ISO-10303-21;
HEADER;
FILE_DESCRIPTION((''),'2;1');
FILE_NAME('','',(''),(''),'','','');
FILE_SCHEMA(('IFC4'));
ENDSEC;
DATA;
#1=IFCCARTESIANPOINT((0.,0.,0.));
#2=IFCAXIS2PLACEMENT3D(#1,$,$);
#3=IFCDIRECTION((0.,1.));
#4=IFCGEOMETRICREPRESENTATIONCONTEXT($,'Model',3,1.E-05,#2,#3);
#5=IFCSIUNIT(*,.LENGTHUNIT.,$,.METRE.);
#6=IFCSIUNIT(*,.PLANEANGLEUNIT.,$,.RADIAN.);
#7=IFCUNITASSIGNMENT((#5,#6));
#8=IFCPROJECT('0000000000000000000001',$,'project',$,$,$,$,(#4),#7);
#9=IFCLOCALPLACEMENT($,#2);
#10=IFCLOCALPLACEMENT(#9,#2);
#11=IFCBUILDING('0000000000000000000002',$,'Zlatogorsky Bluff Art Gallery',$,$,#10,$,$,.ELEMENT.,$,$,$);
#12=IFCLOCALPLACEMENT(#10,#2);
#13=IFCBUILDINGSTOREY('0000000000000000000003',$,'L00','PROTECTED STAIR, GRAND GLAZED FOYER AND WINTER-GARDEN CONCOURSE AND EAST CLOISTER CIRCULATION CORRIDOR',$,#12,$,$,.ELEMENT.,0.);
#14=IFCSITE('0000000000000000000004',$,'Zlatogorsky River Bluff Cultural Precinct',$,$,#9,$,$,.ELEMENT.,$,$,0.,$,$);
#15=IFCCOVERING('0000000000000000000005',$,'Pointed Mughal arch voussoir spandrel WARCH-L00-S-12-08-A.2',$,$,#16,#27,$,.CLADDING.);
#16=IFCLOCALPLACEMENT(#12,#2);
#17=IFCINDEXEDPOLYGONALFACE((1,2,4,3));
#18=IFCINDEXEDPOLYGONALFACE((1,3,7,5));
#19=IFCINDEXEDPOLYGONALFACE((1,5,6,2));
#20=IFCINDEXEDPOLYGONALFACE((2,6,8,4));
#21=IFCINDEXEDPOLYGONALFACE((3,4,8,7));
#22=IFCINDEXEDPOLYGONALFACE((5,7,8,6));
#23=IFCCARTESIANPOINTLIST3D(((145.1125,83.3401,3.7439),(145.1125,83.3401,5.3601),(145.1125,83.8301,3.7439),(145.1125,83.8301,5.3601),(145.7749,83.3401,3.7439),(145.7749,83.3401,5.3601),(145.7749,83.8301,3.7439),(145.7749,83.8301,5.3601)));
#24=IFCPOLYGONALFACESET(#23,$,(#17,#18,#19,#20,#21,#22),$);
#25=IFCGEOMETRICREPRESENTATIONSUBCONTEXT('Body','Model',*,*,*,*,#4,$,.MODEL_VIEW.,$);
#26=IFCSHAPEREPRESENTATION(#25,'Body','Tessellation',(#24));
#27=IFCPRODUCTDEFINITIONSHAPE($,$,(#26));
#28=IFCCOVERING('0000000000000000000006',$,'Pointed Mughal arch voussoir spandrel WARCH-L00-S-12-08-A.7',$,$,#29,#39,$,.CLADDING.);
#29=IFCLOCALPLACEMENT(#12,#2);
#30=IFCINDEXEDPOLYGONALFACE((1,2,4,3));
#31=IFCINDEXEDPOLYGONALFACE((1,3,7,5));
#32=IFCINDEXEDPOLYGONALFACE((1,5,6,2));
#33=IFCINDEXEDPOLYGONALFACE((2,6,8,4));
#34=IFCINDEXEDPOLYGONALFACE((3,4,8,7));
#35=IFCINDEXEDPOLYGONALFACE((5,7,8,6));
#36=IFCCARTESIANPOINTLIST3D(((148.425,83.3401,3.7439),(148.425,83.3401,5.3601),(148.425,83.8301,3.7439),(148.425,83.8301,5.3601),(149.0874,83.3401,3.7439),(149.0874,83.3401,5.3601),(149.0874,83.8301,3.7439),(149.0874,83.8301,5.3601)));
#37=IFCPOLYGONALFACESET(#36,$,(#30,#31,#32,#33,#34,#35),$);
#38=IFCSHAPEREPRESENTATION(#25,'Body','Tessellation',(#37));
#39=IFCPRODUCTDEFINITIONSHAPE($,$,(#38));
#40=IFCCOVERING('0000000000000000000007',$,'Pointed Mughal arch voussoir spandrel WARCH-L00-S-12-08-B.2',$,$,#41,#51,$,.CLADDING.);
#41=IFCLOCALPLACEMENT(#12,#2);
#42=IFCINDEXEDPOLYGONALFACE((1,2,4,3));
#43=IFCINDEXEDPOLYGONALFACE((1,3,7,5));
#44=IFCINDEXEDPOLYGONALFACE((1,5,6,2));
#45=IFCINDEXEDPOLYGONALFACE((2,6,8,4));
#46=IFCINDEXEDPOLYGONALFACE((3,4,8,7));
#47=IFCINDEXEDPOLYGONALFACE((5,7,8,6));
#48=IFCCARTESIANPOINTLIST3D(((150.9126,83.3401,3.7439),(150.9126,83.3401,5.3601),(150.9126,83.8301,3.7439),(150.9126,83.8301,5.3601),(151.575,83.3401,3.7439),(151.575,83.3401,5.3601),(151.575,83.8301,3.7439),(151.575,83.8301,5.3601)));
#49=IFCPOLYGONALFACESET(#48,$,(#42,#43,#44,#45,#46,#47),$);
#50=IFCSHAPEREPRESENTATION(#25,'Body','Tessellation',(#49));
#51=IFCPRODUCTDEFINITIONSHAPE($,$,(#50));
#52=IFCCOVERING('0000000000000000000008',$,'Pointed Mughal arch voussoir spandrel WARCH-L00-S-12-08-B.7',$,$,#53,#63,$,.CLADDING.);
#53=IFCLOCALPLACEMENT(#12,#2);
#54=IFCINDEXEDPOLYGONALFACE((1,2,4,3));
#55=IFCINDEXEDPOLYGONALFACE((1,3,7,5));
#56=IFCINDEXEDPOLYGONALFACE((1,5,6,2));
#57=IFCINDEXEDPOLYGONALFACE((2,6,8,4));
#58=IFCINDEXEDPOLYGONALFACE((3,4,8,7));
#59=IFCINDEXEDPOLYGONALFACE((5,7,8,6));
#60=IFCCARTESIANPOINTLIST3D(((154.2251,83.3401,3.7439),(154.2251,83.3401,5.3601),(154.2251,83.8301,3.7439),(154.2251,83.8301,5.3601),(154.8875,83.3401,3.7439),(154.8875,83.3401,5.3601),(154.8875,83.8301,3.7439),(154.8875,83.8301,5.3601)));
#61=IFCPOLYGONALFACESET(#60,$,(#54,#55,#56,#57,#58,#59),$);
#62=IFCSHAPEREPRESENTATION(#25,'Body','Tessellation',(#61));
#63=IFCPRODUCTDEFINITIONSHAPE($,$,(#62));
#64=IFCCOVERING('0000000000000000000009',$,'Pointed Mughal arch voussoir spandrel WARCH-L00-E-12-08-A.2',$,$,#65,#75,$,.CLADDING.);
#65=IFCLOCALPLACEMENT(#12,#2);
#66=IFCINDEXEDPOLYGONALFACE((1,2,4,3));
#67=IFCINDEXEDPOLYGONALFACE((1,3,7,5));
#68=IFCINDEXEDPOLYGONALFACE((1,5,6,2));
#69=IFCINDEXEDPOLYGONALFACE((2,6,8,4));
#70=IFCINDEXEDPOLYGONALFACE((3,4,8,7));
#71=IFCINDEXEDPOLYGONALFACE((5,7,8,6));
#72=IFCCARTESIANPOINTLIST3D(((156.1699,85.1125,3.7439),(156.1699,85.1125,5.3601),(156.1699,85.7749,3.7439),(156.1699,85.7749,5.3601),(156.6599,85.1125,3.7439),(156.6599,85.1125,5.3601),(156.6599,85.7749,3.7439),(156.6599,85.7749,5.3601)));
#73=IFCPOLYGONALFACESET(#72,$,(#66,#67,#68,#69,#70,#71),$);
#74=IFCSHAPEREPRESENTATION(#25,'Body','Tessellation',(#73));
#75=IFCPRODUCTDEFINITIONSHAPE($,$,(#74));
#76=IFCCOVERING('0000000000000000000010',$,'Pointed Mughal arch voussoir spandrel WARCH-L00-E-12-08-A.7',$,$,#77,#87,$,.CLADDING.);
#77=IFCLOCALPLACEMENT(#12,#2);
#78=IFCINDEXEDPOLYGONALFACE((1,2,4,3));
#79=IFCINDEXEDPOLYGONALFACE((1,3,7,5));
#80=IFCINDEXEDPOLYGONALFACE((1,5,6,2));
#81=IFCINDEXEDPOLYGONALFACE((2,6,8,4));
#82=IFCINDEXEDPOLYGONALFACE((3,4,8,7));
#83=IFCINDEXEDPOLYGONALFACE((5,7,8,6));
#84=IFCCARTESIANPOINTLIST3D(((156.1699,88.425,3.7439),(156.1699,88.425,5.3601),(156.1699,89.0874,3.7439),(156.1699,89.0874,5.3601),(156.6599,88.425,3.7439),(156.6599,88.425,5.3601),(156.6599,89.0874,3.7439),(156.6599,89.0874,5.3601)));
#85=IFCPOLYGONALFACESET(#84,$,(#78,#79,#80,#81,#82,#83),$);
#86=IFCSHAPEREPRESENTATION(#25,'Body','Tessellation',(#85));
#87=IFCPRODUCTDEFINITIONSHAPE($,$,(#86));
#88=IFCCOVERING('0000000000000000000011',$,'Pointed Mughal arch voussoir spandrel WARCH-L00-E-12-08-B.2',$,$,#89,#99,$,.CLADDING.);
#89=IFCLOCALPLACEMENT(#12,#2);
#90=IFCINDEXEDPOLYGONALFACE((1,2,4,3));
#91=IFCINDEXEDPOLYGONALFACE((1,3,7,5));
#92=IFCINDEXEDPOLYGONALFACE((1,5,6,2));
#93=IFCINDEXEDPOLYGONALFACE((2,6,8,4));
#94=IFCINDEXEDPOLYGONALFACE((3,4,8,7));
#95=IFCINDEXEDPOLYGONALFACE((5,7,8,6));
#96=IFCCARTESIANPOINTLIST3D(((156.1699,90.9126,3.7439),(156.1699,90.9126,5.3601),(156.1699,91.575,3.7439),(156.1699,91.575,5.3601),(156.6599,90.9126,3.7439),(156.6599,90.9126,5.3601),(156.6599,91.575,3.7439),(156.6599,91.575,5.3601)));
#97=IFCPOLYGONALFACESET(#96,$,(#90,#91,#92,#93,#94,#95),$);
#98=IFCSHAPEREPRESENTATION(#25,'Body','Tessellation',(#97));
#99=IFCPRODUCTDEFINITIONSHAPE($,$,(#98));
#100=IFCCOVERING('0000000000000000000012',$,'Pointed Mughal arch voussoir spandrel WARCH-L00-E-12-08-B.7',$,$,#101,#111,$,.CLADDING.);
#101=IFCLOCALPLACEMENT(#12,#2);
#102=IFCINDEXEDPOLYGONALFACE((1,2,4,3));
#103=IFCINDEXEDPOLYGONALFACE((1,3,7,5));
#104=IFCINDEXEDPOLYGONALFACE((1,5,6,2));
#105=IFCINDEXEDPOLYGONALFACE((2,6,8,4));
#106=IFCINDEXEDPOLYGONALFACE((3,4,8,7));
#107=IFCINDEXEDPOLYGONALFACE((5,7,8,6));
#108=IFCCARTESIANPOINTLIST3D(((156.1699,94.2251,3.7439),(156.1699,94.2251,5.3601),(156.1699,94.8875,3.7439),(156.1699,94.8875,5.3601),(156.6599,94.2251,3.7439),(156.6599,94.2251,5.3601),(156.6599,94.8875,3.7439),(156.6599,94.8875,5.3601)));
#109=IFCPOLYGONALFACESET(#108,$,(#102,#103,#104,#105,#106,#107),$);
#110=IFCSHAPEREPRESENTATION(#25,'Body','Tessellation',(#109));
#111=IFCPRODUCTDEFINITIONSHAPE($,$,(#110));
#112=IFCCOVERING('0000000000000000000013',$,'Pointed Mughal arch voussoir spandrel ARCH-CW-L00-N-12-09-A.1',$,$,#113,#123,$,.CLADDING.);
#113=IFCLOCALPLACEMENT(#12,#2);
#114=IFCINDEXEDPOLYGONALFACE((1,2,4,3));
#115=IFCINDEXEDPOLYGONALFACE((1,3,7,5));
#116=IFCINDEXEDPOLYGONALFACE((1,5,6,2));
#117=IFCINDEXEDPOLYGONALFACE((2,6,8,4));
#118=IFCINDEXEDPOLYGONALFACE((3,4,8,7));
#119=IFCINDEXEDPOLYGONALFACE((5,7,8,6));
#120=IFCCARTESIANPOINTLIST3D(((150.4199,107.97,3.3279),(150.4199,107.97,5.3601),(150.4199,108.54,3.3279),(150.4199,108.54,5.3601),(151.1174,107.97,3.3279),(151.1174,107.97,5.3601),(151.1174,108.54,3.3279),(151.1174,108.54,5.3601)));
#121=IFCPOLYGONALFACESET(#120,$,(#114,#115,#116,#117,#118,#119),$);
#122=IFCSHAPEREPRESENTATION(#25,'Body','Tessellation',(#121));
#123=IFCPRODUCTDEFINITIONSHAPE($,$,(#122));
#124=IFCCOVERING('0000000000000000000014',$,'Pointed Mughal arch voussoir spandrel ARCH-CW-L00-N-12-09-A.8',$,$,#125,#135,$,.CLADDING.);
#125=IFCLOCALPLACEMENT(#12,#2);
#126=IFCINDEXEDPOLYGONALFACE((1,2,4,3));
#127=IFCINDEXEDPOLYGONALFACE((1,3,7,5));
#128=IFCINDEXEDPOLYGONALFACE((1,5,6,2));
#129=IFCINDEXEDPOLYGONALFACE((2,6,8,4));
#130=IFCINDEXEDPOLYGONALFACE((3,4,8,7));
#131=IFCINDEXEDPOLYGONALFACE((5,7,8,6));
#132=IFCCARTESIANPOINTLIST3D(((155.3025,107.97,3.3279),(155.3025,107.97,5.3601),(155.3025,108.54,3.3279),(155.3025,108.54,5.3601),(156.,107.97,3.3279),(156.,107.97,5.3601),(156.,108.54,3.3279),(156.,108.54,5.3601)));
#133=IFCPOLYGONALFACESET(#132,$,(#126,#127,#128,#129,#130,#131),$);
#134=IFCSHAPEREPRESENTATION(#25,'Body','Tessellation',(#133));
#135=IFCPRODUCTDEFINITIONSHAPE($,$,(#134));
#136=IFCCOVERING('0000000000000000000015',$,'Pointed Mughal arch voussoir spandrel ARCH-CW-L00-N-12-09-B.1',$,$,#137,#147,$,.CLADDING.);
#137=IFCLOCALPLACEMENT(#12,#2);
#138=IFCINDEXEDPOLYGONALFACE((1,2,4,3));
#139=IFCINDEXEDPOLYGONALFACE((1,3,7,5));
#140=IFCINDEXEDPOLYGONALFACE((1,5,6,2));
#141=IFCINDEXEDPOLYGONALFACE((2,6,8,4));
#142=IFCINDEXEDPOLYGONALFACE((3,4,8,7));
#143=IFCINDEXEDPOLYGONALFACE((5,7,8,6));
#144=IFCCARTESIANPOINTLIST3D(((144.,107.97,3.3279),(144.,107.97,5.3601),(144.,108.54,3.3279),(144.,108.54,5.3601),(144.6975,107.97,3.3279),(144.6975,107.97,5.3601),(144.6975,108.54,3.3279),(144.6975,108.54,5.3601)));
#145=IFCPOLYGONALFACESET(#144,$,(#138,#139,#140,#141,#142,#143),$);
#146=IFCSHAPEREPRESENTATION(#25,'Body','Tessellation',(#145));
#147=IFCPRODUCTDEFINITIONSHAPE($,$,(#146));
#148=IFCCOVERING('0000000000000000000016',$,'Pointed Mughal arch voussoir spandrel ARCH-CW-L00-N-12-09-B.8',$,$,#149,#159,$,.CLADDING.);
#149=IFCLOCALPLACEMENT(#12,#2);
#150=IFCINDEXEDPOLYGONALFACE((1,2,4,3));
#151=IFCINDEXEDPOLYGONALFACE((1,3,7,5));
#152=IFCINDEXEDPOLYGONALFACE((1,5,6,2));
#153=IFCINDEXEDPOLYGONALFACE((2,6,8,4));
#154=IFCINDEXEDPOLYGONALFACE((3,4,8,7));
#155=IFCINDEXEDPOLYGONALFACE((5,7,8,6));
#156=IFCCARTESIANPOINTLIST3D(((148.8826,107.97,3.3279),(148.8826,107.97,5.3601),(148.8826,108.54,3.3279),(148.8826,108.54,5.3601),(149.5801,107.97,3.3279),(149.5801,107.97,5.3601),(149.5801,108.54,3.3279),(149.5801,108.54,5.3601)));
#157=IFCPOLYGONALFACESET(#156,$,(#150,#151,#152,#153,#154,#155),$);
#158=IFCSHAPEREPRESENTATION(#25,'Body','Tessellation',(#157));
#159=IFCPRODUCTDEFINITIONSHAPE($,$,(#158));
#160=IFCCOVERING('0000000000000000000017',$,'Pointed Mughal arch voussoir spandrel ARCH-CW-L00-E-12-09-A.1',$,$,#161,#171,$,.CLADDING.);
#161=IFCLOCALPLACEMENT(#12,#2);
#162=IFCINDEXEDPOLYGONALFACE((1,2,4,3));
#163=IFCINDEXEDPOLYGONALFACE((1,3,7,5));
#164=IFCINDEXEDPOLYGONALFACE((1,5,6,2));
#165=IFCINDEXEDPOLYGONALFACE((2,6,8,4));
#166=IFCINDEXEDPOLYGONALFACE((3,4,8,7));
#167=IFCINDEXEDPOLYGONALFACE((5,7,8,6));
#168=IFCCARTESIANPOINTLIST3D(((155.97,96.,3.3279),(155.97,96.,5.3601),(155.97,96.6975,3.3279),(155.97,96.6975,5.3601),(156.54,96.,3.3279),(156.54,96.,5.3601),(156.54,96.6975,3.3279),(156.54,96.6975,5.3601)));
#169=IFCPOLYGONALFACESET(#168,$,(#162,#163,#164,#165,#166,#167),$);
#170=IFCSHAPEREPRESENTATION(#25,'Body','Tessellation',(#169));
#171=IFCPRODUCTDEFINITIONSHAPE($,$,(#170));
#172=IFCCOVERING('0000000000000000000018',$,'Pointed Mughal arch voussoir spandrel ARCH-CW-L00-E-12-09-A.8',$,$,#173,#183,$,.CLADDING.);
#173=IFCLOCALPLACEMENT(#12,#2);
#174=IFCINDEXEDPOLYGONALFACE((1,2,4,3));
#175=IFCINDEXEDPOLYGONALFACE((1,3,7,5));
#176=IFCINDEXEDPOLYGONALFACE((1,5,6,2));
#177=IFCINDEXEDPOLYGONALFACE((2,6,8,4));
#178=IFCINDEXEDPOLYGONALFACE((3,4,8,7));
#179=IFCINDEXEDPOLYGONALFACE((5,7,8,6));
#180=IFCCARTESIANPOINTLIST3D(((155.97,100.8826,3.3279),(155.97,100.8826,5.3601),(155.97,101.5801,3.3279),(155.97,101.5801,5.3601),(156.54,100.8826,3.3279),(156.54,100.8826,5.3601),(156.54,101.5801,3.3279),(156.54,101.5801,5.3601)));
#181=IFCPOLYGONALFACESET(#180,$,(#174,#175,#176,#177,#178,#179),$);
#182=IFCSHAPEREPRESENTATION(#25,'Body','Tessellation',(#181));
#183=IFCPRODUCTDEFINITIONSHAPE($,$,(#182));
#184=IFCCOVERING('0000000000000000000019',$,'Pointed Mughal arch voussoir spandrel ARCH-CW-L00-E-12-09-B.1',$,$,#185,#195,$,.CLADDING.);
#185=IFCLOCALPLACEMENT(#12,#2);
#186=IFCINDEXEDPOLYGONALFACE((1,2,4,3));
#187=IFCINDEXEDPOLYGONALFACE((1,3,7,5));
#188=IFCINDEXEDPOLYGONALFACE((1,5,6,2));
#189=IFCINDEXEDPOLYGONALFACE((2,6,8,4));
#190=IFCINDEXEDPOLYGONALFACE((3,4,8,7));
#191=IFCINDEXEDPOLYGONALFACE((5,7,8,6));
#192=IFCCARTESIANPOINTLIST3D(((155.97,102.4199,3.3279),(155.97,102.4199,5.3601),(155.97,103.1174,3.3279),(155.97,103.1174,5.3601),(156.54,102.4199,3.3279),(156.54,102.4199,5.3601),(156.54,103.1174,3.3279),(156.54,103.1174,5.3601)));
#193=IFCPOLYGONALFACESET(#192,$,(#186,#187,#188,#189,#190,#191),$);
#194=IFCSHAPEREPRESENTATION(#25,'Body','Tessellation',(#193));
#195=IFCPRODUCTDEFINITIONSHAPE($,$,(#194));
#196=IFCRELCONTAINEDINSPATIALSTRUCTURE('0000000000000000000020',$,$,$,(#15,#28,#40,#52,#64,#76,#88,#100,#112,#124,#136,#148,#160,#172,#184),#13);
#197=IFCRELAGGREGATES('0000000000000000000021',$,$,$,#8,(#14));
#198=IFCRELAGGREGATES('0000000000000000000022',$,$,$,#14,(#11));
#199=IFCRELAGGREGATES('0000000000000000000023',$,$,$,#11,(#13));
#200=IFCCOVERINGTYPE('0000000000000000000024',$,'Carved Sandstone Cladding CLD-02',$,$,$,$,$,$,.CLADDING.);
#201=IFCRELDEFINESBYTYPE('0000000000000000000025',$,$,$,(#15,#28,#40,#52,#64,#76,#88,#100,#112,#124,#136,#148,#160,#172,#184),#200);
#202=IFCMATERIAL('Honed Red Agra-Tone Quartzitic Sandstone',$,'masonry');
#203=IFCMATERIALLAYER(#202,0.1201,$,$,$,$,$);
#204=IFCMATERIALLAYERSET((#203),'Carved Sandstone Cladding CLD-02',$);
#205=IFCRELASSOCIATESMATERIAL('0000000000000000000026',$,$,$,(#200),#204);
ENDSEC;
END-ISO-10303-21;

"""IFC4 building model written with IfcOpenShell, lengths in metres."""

from ifc_helpers import new_model, si_unit, direction, frame, origin, place, context, subcontext, project, spatial, polyline, outline, extrude, material, layer, layer_set, type_object, element, save


model = new_model("IFC4")

# Units and contexts
model_context = context("Model", 3, precision=1e-05, world=origin(), true_north=direction((0.0, 1.0)))
body_context = subcontext(model_context, "Body", "Model", "MODEL_VIEW")
ifc_project = project(units=[si_unit("LENGTHUNIT", "METRE"), si_unit("PLANEANGLEUNIT", "RADIAN")], contexts=[model_context])

# Site, building, storey
site_placement = place(None, origin())
site = spatial("IfcSite", under=ifc_project, at=site_placement, Name="Zlatogorsky River Bluff Cultural Precinct", CompositionType="ELEMENT", RefElevation=0.0)
building_placement = place(site_placement, origin())
building = spatial("IfcBuilding", under=site, at=building_placement, Name="Zlatogorsky Bluff Art Gallery", CompositionType="ELEMENT")
storey_placement = place(building_placement, origin())
storey = spatial("IfcBuildingStorey", under=building, at=storey_placement, Name="L00", Description="PROTECTED STAIR, GRAND GLAZED FOYER AND WINTER-GARDEN CONCOURSE AND EAST CLOISTER CIRCULATION CORRIDOR", CompositionType="ELEMENT", Elevation=0.0)

# Coverings
ifc_material = material(Name="Honed Red Agra-Tone Quartzitic Sandstone", Category="masonry")
ifc_layer = layer(ifc_material, 0.1201)
ifc_layer_set = layer_set([ifc_layer], Name="Carved Sandstone Cladding CLD-02")
covering_type = type_object("IfcCoveringType", Name="Carved Sandstone Cladding CLD-02", PredefinedType="CLADDING", material=ifc_layer_set)
covering_1_placement = place(storey_placement, frame((0.0, 0.0, 3.7439)))
element("IfcCovering", 1, at=covering_1_placement, inside=storey, type_object=covering_type, Name="Pointed Mughal arch voussoir spandrel WARCH-L00-S-12-08-A.2", PredefinedType="CLADDING", context=body_context, shape_type="SweptSolid", body=[
    extrude(outline(polyline([(145.1125, 83.3401), (145.7749, 83.3401), (145.7749, 83.8301), (145.1125, 83.8301), (145.1125, 83.3401)])), origin(), (0.0, 0.0, 1.0), 1.6162),
])
covering_2_placement = place(storey_placement, frame((0.0, 0.0, 3.7439)))
element("IfcCovering", 2, at=covering_2_placement, inside=storey, type_object=covering_type, Name="Pointed Mughal arch voussoir spandrel WARCH-L00-S-12-08-A.7", PredefinedType="CLADDING", context=body_context, shape_type="SweptSolid", body=[
    extrude(outline(polyline([(148.425, 83.3401), (149.0874, 83.3401), (149.0874, 83.8301), (148.425, 83.8301), (148.425, 83.3401)])), origin(), (0.0, 0.0, 1.0), 1.6162),
])
covering_3_placement = place(storey_placement, frame((0.0, 0.0, 3.7439)))
element("IfcCovering", 3, at=covering_3_placement, inside=storey, type_object=covering_type, Name="Pointed Mughal arch voussoir spandrel WARCH-L00-S-12-08-B.2", PredefinedType="CLADDING", context=body_context, shape_type="SweptSolid", body=[
    extrude(outline(polyline([(150.9126, 83.3401), (151.575, 83.3401), (151.575, 83.8301), (150.9126, 83.8301), (150.9126, 83.3401)])), origin(), (0.0, 0.0, 1.0), 1.6162),
])
covering_4_placement = place(storey_placement, frame((0.0, 0.0, 3.7439)))
element("IfcCovering", 4, at=covering_4_placement, inside=storey, type_object=covering_type, Name="Pointed Mughal arch voussoir spandrel WARCH-L00-S-12-08-B.7", PredefinedType="CLADDING", context=body_context, shape_type="SweptSolid", body=[
    extrude(outline(polyline([(154.2251, 83.3401), (154.8875, 83.3401), (154.8875, 83.8301), (154.2251, 83.8301), (154.2251, 83.3401)])), origin(), (0.0, 0.0, 1.0), 1.6162),
])
covering_5_placement = place(storey_placement, frame((0.0, 0.0, 3.7439)))
element("IfcCovering", 5, at=covering_5_placement, inside=storey, type_object=covering_type, Name="Pointed Mughal arch voussoir spandrel WARCH-L00-E-12-08-A.2", PredefinedType="CLADDING", context=body_context, shape_type="SweptSolid", body=[
    extrude(outline(polyline([(156.1699, 85.1125), (156.1699, 85.7749), (156.6599, 85.7749), (156.6599, 85.1125), (156.1699, 85.1125)])), origin(), (0.0, 0.0, 1.0), 1.6162),
])
covering_6_placement = place(storey_placement, frame((0.0, 0.0, 3.7439)))
element("IfcCovering", 6, at=covering_6_placement, inside=storey, type_object=covering_type, Name="Pointed Mughal arch voussoir spandrel WARCH-L00-E-12-08-A.7", PredefinedType="CLADDING", context=body_context, shape_type="SweptSolid", body=[
    extrude(outline(polyline([(156.1699, 88.425), (156.1699, 89.0874), (156.6599, 89.0874), (156.6599, 88.425), (156.1699, 88.425)])), origin(), (0.0, 0.0, 1.0), 1.6162),
])
covering_7_placement = place(storey_placement, frame((0.0, 0.0, 3.7439)))
element("IfcCovering", 7, at=covering_7_placement, inside=storey, type_object=covering_type, Name="Pointed Mughal arch voussoir spandrel WARCH-L00-E-12-08-B.2", PredefinedType="CLADDING", context=body_context, shape_type="SweptSolid", body=[
    extrude(outline(polyline([(156.1699, 90.9126), (156.1699, 91.575), (156.6599, 91.575), (156.6599, 90.9126), (156.1699, 90.9126)])), origin(), (0.0, 0.0, 1.0), 1.6162),
])
covering_8_placement = place(storey_placement, frame((0.0, 0.0, 3.7439)))
element("IfcCovering", 8, at=covering_8_placement, inside=storey, type_object=covering_type, Name="Pointed Mughal arch voussoir spandrel WARCH-L00-E-12-08-B.7", PredefinedType="CLADDING", context=body_context, shape_type="SweptSolid", body=[
    extrude(outline(polyline([(156.1699, 94.2251), (156.1699, 94.8875), (156.6599, 94.8875), (156.6599, 94.2251), (156.1699, 94.2251)])), origin(), (0.0, 0.0, 1.0), 1.6162),
])
covering_9_placement = place(storey_placement, frame((0.0, 0.0, 3.3279)))
element("IfcCovering", 9, at=covering_9_placement, inside=storey, type_object=covering_type, Name="Pointed Mughal arch voussoir spandrel ARCH-CW-L00-N-12-09-A.1", PredefinedType="CLADDING", context=body_context, shape_type="SweptSolid", body=[
    extrude(outline(polyline([(150.4199, 107.97), (151.1174, 107.97), (151.1174, 108.54), (150.4199, 108.54), (150.4199, 107.97)])), origin(), (0.0, 0.0, 1.0), 2.0322),
])
covering_10_placement = place(storey_placement, frame((0.0, 0.0, 3.3279)))
element("IfcCovering", 10, at=covering_10_placement, inside=storey, type_object=covering_type, Name="Pointed Mughal arch voussoir spandrel ARCH-CW-L00-N-12-09-A.8", PredefinedType="CLADDING", context=body_context, shape_type="SweptSolid", body=[
    extrude(outline(polyline([(155.3025, 107.97), (156.0, 107.97), (156.0, 108.54), (155.3025, 108.54), (155.3025, 107.97)])), origin(), (0.0, 0.0, 1.0), 2.0322),
])
covering_11_placement = place(storey_placement, frame((0.0, 0.0, 3.3279)))
element("IfcCovering", 11, at=covering_11_placement, inside=storey, type_object=covering_type, Name="Pointed Mughal arch voussoir spandrel ARCH-CW-L00-N-12-09-B.1", PredefinedType="CLADDING", context=body_context, shape_type="SweptSolid", body=[
    extrude(outline(polyline([(144.0, 107.97), (144.6975, 107.97), (144.6975, 108.54), (144.0, 108.54), (144.0, 107.97)])), origin(), (0.0, 0.0, 1.0), 2.0322),
])
covering_12_placement = place(storey_placement, frame((0.0, 0.0, 3.3279)))
element("IfcCovering", 12, at=covering_12_placement, inside=storey, type_object=covering_type, Name="Pointed Mughal arch voussoir spandrel ARCH-CW-L00-N-12-09-B.8", PredefinedType="CLADDING", context=body_context, shape_type="SweptSolid", body=[
    extrude(outline(polyline([(148.8826, 107.97), (149.5801, 107.97), (149.5801, 108.54), (148.8826, 108.54), (148.8826, 107.97)])), origin(), (0.0, 0.0, 1.0), 2.0322),
])
covering_13_placement = place(storey_placement, frame((0.0, 0.0, 3.3279)))
element("IfcCovering", 13, at=covering_13_placement, inside=storey, type_object=covering_type, Name="Pointed Mughal arch voussoir spandrel ARCH-CW-L00-E-12-09-A.1", PredefinedType="CLADDING", context=body_context, shape_type="SweptSolid", body=[
    extrude(outline(polyline([(155.97, 96.0), (155.97, 96.6975), (156.54, 96.6975), (156.54, 96.0), (155.97, 96.0)])), origin(), (0.0, 0.0, 1.0), 2.0322),
])
covering_14_placement = place(storey_placement, frame((0.0, 0.0, 3.3279)))
element("IfcCovering", 14, at=covering_14_placement, inside=storey, type_object=covering_type, Name="Pointed Mughal arch voussoir spandrel ARCH-CW-L00-E-12-09-A.8", PredefinedType="CLADDING", context=body_context, shape_type="SweptSolid", body=[
    extrude(outline(polyline([(155.97, 100.8826), (155.97, 101.5801), (156.54, 101.5801), (156.54, 100.8826), (155.97, 100.8826)])), origin(), (0.0, 0.0, 1.0), 2.0322),
])
covering_15_placement = place(storey_placement, frame((0.0, 0.0, 3.3279)))
element("IfcCovering", 15, at=covering_15_placement, inside=storey, type_object=covering_type, Name="Pointed Mughal arch voussoir spandrel ARCH-CW-L00-E-12-09-B.1", PredefinedType="CLADDING", context=body_context, shape_type="SweptSolid", body=[
    extrude(outline(polyline([(155.97, 102.4199), (155.97, 103.1174), (156.54, 103.1174), (156.54, 102.4199), (155.97, 102.4199)])), origin(), (0.0, 0.0, 1.0), 2.0322),
])

save(model, "model.ifc")
